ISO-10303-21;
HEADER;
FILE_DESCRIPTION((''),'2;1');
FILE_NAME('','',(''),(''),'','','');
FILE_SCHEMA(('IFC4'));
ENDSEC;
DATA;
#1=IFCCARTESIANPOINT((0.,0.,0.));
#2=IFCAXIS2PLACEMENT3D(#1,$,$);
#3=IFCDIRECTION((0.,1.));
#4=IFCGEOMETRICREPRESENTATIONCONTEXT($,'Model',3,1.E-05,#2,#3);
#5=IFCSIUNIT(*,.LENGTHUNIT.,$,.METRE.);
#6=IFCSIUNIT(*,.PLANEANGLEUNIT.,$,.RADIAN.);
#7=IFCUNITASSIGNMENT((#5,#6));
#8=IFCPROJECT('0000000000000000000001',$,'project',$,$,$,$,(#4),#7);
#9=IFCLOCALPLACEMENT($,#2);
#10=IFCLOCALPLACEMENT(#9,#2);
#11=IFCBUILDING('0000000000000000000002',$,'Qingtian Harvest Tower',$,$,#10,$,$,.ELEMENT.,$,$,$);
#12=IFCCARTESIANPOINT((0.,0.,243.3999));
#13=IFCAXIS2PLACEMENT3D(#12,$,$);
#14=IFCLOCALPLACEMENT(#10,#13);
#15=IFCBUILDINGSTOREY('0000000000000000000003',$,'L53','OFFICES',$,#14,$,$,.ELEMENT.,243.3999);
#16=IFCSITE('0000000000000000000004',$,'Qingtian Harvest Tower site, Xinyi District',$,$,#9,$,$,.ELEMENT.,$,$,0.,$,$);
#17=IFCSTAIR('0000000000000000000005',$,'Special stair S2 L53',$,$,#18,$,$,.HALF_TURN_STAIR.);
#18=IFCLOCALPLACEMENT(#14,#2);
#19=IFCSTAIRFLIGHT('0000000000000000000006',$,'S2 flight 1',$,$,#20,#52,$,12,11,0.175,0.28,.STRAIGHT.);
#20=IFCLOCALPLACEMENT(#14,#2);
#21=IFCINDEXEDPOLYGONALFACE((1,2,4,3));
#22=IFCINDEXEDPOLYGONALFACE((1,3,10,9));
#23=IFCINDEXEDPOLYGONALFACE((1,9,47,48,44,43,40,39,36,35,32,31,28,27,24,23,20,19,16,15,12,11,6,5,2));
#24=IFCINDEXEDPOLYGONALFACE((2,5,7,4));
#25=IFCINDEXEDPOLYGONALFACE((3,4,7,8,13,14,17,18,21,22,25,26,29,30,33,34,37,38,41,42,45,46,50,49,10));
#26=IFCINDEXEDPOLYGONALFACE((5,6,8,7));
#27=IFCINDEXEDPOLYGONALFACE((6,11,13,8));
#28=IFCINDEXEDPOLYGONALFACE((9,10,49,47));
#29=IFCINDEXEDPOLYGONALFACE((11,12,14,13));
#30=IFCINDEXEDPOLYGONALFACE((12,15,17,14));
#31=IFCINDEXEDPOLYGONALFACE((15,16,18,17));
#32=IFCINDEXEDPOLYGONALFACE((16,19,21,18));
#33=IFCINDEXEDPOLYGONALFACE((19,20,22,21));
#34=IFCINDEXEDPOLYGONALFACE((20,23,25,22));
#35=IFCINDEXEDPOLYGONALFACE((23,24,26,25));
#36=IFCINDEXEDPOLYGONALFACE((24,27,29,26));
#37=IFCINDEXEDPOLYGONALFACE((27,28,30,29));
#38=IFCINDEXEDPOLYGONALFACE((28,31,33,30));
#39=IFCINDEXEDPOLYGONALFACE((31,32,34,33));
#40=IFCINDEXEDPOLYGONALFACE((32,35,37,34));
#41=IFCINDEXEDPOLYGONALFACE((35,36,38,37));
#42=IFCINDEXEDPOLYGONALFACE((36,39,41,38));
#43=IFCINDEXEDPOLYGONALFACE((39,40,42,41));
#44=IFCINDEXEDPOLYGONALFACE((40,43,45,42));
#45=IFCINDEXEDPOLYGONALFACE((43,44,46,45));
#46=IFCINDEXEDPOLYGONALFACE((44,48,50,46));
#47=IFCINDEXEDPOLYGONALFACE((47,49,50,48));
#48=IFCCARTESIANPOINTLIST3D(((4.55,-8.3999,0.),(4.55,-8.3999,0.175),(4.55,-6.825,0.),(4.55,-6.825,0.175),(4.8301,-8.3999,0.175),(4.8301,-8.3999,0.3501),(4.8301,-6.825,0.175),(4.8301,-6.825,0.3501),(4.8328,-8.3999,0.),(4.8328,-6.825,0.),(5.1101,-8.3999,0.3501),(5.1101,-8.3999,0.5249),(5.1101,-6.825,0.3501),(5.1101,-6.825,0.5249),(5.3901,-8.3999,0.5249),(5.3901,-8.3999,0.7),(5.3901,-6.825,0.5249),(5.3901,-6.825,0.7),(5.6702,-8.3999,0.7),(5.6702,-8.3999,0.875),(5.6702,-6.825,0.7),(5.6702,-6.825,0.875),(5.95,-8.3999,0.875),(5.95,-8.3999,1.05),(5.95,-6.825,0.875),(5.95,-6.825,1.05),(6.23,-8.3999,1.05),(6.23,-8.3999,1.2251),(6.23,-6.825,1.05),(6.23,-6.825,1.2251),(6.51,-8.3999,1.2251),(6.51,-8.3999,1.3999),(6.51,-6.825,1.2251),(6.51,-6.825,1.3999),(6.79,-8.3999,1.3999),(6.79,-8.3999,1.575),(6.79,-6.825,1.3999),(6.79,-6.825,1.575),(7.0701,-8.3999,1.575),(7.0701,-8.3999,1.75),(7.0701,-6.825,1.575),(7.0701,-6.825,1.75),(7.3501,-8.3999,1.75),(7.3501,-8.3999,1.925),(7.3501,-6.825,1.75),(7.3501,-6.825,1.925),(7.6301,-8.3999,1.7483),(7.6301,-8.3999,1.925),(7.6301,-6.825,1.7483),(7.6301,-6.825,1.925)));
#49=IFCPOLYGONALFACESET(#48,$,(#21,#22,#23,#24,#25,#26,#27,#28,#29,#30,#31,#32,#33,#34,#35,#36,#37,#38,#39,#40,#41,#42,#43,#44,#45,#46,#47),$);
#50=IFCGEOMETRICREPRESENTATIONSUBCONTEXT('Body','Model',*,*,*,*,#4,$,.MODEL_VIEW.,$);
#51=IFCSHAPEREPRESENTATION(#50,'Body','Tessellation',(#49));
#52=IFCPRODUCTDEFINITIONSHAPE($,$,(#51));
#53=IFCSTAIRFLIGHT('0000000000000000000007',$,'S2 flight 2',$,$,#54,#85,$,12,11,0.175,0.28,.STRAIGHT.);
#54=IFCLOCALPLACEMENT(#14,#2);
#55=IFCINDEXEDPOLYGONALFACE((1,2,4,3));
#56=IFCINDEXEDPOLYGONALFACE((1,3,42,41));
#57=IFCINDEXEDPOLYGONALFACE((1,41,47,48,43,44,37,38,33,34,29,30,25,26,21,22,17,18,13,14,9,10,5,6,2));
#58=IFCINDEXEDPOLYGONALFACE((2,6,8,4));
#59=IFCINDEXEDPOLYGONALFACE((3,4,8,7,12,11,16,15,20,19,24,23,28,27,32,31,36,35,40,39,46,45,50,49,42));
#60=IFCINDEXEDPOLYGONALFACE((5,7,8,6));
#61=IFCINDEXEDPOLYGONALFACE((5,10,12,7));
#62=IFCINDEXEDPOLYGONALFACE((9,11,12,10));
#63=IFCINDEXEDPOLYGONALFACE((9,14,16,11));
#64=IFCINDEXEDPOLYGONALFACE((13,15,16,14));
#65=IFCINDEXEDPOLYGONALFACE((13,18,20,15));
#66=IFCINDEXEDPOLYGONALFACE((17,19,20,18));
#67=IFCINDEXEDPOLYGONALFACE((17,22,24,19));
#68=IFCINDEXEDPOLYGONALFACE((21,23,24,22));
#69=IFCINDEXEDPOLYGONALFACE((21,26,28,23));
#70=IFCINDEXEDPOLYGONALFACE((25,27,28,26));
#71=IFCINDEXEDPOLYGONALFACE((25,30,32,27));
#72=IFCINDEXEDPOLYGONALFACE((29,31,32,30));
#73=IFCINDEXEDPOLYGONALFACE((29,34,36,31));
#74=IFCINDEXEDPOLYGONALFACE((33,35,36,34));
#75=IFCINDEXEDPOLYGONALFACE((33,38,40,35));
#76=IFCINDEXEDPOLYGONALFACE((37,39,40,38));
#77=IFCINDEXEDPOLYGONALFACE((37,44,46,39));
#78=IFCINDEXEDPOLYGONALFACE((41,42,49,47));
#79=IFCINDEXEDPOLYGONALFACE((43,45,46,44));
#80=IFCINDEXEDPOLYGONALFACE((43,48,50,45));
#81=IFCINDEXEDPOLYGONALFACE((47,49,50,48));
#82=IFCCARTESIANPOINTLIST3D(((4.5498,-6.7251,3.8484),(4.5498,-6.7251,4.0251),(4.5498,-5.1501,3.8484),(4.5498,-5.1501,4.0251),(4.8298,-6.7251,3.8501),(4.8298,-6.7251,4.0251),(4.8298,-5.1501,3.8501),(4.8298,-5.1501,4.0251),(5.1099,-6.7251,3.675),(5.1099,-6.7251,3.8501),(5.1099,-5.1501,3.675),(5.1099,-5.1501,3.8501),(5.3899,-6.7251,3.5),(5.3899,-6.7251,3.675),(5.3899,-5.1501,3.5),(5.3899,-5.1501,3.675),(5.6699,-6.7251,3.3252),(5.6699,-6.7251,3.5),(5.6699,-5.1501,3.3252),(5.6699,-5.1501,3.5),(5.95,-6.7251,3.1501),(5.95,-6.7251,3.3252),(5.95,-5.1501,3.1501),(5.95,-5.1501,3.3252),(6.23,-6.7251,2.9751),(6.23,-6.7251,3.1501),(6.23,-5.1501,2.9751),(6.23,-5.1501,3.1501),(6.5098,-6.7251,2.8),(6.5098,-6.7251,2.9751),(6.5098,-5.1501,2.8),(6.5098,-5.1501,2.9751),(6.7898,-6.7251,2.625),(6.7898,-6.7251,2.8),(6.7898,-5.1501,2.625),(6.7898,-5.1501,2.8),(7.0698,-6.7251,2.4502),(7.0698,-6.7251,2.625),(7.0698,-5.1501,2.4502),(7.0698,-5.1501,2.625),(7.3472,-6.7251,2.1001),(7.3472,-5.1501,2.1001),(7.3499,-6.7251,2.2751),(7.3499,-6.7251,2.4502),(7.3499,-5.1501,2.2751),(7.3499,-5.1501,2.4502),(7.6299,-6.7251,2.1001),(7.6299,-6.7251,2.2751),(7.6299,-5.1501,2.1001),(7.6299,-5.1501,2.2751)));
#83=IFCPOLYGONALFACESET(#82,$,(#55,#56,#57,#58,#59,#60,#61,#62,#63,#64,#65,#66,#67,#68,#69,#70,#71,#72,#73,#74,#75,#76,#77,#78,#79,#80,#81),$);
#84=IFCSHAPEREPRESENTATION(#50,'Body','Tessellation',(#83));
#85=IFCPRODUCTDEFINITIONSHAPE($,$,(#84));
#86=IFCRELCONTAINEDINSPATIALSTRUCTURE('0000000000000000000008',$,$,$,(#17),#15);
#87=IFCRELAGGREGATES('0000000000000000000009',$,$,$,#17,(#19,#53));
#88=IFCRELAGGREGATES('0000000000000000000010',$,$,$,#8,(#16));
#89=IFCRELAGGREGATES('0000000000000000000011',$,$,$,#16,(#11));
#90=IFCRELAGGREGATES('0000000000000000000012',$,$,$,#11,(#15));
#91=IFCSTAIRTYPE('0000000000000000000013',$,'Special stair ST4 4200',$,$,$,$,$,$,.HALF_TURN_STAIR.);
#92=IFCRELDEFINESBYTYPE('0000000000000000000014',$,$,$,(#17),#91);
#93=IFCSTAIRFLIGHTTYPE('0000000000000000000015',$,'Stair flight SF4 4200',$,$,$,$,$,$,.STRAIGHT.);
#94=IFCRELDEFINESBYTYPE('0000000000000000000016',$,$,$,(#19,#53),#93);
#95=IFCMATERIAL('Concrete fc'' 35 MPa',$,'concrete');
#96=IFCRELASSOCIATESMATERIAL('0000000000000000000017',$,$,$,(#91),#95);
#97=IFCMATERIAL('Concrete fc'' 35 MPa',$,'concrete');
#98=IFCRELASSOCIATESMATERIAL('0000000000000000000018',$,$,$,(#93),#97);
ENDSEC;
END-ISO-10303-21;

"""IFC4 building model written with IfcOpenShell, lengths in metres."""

from ifc_helpers import new_model, si_unit, direction, frame, origin, place, context, subcontext, project, spatial, polyline, outline, extrude, material, type_object, element, aggregate, save


model = new_model("IFC4")

# Units and contexts
model_context = context("Model", 3, precision=1e-05, world=origin(), true_north=direction((0.0, 1.0)))
body_context = subcontext(model_context, "Body", "Model", "MODEL_VIEW")
ifc_project = project(units=[si_unit("LENGTHUNIT", "METRE"), si_unit("PLANEANGLEUNIT", "RADIAN")], contexts=[model_context])

# Site, building, storey
site_placement = place(None, origin())
site = spatial("IfcSite", under=ifc_project, at=site_placement, Name="Qingtian Harvest Tower site, Xinyi District", CompositionType="ELEMENT", RefElevation=0.0)
building_placement = place(site_placement, origin())
building = spatial("IfcBuilding", under=site, at=building_placement, Name="Qingtian Harvest Tower", CompositionType="ELEMENT")
storey_placement = place(building_placement, frame((0.0, 0.0, 243.3999)))
storey = spatial("IfcBuildingStorey", under=building, at=storey_placement, Name="L53", Description="OFFICES", CompositionType="ELEMENT", Elevation=243.3999)

# Stair, stair flights
ifc_material_1 = material(Name="Concrete fc' 35 MPa", Category="concrete")
stair_type = type_object("IfcStairType", Name="Special stair ST4 4200", PredefinedType="HALF_TURN_STAIR", material=ifc_material_1)
stair_placement = place(storey_placement, origin())
stair = element("IfcStair", 1, at=stair_placement, inside=storey, type_object=stair_type, Name="Special stair S2 L53", PredefinedType="HALF_TURN_STAIR")
ifc_material_2 = material(Name="Concrete fc' 35 MPa", Category="concrete")
stair_flight_type = type_object("IfcStairFlightType", Name="Stair flight SF4 4200", PredefinedType="STRAIGHT", material=ifc_material_2)
stair_flight_1_placement = place(storey_placement, frame((4.55, -7.6125, 0.0), z_axis=(0.0, 0.0, 1.0), x_axis=(1.0, 0.0, 0.0)))
stair_flight_1 = element("IfcStairFlight", 2, at=stair_flight_1_placement, type_object=stair_flight_type, Name="S2 flight 1", NumberOfRisers=12, NumberOfTreads=11, PredefinedType="STRAIGHT", RiserHeight=0.175, TreadLength=0.28, context=body_context, shape_type="SweptSolid", body=[
    extrude(outline(polyline([(0.0, 0.0), (0.0, 0.175), (0.28, 0.175), (0.28, 0.3501), (0.5601, 0.3501), (0.5601, 0.5249), (0.8401, 0.5249), (0.8401, 0.7), (1.1201, 0.7), (1.1201, 0.875), (1.3999, 0.875), (1.3999, 1.05), (1.6799, 1.05), (1.6799, 1.2251), (1.96, 1.2251), (1.96, 1.3999), (2.24, 1.3999), (2.24, 1.575), (2.52, 1.575), (2.52, 1.75), (2.8, 1.75), (2.8, 1.925), (3.0801, 1.925), (3.0801, 2.1001), (3.0801, 1.7483), (0.2827, 0.0), (0.0, 0.0)])), frame((0.0, 0.7876, 0.0), z_axis=(0.0, -1.0, 0.0), x_axis=(1.0, 0.0, 0.0)), (0.0, 0.0, 1.0), 1.575),
])
stair_flight_2_placement = place(storey_placement, frame((7.6299, -5.9375, 2.1001), z_axis=(0.0, 0.0, 1.0), x_axis=(-1.0, 0.0, 0.0)))
stair_flight_2 = element("IfcStairFlight", 3, at=stair_flight_2_placement, type_object=stair_flight_type, Name="S2 flight 2", NumberOfRisers=12, NumberOfTreads=11, PredefinedType="STRAIGHT", RiserHeight=0.175, TreadLength=0.28, context=body_context, shape_type="SweptSolid", body=[
    extrude(outline(polyline([(0.0, 0.0), (0.0, 0.175), (0.28, 0.175), (0.28, 0.3501), (0.5601, 0.3501), (0.5601, 0.5249), (0.8401, 0.5249), (0.8401, 0.7), (1.1201, 0.7), (1.1201, 0.875), (1.3999, 0.875), (1.3999, 1.05), (1.6799, 1.05), (1.6799, 1.2251), (1.96, 1.2251), (1.96, 1.3999), (2.24, 1.3999), (2.24, 1.575), (2.52, 1.575), (2.52, 1.75), (2.8, 1.75), (2.8, 1.925), (3.0801, 1.925), (3.0801, 2.1001), (3.0801, 1.7483), (0.2827, 0.0), (0.0, 0.0)])), frame((0.0, 0.7876, 0.0), z_axis=(0.0, -1.0, 0.0), x_axis=(1.0, 0.0, 0.0)), (0.0, 0.0, 1.0), 1.575),
])
aggregate(stair, [stair_flight_1, stair_flight_2])

save(model, "model.ifc")
